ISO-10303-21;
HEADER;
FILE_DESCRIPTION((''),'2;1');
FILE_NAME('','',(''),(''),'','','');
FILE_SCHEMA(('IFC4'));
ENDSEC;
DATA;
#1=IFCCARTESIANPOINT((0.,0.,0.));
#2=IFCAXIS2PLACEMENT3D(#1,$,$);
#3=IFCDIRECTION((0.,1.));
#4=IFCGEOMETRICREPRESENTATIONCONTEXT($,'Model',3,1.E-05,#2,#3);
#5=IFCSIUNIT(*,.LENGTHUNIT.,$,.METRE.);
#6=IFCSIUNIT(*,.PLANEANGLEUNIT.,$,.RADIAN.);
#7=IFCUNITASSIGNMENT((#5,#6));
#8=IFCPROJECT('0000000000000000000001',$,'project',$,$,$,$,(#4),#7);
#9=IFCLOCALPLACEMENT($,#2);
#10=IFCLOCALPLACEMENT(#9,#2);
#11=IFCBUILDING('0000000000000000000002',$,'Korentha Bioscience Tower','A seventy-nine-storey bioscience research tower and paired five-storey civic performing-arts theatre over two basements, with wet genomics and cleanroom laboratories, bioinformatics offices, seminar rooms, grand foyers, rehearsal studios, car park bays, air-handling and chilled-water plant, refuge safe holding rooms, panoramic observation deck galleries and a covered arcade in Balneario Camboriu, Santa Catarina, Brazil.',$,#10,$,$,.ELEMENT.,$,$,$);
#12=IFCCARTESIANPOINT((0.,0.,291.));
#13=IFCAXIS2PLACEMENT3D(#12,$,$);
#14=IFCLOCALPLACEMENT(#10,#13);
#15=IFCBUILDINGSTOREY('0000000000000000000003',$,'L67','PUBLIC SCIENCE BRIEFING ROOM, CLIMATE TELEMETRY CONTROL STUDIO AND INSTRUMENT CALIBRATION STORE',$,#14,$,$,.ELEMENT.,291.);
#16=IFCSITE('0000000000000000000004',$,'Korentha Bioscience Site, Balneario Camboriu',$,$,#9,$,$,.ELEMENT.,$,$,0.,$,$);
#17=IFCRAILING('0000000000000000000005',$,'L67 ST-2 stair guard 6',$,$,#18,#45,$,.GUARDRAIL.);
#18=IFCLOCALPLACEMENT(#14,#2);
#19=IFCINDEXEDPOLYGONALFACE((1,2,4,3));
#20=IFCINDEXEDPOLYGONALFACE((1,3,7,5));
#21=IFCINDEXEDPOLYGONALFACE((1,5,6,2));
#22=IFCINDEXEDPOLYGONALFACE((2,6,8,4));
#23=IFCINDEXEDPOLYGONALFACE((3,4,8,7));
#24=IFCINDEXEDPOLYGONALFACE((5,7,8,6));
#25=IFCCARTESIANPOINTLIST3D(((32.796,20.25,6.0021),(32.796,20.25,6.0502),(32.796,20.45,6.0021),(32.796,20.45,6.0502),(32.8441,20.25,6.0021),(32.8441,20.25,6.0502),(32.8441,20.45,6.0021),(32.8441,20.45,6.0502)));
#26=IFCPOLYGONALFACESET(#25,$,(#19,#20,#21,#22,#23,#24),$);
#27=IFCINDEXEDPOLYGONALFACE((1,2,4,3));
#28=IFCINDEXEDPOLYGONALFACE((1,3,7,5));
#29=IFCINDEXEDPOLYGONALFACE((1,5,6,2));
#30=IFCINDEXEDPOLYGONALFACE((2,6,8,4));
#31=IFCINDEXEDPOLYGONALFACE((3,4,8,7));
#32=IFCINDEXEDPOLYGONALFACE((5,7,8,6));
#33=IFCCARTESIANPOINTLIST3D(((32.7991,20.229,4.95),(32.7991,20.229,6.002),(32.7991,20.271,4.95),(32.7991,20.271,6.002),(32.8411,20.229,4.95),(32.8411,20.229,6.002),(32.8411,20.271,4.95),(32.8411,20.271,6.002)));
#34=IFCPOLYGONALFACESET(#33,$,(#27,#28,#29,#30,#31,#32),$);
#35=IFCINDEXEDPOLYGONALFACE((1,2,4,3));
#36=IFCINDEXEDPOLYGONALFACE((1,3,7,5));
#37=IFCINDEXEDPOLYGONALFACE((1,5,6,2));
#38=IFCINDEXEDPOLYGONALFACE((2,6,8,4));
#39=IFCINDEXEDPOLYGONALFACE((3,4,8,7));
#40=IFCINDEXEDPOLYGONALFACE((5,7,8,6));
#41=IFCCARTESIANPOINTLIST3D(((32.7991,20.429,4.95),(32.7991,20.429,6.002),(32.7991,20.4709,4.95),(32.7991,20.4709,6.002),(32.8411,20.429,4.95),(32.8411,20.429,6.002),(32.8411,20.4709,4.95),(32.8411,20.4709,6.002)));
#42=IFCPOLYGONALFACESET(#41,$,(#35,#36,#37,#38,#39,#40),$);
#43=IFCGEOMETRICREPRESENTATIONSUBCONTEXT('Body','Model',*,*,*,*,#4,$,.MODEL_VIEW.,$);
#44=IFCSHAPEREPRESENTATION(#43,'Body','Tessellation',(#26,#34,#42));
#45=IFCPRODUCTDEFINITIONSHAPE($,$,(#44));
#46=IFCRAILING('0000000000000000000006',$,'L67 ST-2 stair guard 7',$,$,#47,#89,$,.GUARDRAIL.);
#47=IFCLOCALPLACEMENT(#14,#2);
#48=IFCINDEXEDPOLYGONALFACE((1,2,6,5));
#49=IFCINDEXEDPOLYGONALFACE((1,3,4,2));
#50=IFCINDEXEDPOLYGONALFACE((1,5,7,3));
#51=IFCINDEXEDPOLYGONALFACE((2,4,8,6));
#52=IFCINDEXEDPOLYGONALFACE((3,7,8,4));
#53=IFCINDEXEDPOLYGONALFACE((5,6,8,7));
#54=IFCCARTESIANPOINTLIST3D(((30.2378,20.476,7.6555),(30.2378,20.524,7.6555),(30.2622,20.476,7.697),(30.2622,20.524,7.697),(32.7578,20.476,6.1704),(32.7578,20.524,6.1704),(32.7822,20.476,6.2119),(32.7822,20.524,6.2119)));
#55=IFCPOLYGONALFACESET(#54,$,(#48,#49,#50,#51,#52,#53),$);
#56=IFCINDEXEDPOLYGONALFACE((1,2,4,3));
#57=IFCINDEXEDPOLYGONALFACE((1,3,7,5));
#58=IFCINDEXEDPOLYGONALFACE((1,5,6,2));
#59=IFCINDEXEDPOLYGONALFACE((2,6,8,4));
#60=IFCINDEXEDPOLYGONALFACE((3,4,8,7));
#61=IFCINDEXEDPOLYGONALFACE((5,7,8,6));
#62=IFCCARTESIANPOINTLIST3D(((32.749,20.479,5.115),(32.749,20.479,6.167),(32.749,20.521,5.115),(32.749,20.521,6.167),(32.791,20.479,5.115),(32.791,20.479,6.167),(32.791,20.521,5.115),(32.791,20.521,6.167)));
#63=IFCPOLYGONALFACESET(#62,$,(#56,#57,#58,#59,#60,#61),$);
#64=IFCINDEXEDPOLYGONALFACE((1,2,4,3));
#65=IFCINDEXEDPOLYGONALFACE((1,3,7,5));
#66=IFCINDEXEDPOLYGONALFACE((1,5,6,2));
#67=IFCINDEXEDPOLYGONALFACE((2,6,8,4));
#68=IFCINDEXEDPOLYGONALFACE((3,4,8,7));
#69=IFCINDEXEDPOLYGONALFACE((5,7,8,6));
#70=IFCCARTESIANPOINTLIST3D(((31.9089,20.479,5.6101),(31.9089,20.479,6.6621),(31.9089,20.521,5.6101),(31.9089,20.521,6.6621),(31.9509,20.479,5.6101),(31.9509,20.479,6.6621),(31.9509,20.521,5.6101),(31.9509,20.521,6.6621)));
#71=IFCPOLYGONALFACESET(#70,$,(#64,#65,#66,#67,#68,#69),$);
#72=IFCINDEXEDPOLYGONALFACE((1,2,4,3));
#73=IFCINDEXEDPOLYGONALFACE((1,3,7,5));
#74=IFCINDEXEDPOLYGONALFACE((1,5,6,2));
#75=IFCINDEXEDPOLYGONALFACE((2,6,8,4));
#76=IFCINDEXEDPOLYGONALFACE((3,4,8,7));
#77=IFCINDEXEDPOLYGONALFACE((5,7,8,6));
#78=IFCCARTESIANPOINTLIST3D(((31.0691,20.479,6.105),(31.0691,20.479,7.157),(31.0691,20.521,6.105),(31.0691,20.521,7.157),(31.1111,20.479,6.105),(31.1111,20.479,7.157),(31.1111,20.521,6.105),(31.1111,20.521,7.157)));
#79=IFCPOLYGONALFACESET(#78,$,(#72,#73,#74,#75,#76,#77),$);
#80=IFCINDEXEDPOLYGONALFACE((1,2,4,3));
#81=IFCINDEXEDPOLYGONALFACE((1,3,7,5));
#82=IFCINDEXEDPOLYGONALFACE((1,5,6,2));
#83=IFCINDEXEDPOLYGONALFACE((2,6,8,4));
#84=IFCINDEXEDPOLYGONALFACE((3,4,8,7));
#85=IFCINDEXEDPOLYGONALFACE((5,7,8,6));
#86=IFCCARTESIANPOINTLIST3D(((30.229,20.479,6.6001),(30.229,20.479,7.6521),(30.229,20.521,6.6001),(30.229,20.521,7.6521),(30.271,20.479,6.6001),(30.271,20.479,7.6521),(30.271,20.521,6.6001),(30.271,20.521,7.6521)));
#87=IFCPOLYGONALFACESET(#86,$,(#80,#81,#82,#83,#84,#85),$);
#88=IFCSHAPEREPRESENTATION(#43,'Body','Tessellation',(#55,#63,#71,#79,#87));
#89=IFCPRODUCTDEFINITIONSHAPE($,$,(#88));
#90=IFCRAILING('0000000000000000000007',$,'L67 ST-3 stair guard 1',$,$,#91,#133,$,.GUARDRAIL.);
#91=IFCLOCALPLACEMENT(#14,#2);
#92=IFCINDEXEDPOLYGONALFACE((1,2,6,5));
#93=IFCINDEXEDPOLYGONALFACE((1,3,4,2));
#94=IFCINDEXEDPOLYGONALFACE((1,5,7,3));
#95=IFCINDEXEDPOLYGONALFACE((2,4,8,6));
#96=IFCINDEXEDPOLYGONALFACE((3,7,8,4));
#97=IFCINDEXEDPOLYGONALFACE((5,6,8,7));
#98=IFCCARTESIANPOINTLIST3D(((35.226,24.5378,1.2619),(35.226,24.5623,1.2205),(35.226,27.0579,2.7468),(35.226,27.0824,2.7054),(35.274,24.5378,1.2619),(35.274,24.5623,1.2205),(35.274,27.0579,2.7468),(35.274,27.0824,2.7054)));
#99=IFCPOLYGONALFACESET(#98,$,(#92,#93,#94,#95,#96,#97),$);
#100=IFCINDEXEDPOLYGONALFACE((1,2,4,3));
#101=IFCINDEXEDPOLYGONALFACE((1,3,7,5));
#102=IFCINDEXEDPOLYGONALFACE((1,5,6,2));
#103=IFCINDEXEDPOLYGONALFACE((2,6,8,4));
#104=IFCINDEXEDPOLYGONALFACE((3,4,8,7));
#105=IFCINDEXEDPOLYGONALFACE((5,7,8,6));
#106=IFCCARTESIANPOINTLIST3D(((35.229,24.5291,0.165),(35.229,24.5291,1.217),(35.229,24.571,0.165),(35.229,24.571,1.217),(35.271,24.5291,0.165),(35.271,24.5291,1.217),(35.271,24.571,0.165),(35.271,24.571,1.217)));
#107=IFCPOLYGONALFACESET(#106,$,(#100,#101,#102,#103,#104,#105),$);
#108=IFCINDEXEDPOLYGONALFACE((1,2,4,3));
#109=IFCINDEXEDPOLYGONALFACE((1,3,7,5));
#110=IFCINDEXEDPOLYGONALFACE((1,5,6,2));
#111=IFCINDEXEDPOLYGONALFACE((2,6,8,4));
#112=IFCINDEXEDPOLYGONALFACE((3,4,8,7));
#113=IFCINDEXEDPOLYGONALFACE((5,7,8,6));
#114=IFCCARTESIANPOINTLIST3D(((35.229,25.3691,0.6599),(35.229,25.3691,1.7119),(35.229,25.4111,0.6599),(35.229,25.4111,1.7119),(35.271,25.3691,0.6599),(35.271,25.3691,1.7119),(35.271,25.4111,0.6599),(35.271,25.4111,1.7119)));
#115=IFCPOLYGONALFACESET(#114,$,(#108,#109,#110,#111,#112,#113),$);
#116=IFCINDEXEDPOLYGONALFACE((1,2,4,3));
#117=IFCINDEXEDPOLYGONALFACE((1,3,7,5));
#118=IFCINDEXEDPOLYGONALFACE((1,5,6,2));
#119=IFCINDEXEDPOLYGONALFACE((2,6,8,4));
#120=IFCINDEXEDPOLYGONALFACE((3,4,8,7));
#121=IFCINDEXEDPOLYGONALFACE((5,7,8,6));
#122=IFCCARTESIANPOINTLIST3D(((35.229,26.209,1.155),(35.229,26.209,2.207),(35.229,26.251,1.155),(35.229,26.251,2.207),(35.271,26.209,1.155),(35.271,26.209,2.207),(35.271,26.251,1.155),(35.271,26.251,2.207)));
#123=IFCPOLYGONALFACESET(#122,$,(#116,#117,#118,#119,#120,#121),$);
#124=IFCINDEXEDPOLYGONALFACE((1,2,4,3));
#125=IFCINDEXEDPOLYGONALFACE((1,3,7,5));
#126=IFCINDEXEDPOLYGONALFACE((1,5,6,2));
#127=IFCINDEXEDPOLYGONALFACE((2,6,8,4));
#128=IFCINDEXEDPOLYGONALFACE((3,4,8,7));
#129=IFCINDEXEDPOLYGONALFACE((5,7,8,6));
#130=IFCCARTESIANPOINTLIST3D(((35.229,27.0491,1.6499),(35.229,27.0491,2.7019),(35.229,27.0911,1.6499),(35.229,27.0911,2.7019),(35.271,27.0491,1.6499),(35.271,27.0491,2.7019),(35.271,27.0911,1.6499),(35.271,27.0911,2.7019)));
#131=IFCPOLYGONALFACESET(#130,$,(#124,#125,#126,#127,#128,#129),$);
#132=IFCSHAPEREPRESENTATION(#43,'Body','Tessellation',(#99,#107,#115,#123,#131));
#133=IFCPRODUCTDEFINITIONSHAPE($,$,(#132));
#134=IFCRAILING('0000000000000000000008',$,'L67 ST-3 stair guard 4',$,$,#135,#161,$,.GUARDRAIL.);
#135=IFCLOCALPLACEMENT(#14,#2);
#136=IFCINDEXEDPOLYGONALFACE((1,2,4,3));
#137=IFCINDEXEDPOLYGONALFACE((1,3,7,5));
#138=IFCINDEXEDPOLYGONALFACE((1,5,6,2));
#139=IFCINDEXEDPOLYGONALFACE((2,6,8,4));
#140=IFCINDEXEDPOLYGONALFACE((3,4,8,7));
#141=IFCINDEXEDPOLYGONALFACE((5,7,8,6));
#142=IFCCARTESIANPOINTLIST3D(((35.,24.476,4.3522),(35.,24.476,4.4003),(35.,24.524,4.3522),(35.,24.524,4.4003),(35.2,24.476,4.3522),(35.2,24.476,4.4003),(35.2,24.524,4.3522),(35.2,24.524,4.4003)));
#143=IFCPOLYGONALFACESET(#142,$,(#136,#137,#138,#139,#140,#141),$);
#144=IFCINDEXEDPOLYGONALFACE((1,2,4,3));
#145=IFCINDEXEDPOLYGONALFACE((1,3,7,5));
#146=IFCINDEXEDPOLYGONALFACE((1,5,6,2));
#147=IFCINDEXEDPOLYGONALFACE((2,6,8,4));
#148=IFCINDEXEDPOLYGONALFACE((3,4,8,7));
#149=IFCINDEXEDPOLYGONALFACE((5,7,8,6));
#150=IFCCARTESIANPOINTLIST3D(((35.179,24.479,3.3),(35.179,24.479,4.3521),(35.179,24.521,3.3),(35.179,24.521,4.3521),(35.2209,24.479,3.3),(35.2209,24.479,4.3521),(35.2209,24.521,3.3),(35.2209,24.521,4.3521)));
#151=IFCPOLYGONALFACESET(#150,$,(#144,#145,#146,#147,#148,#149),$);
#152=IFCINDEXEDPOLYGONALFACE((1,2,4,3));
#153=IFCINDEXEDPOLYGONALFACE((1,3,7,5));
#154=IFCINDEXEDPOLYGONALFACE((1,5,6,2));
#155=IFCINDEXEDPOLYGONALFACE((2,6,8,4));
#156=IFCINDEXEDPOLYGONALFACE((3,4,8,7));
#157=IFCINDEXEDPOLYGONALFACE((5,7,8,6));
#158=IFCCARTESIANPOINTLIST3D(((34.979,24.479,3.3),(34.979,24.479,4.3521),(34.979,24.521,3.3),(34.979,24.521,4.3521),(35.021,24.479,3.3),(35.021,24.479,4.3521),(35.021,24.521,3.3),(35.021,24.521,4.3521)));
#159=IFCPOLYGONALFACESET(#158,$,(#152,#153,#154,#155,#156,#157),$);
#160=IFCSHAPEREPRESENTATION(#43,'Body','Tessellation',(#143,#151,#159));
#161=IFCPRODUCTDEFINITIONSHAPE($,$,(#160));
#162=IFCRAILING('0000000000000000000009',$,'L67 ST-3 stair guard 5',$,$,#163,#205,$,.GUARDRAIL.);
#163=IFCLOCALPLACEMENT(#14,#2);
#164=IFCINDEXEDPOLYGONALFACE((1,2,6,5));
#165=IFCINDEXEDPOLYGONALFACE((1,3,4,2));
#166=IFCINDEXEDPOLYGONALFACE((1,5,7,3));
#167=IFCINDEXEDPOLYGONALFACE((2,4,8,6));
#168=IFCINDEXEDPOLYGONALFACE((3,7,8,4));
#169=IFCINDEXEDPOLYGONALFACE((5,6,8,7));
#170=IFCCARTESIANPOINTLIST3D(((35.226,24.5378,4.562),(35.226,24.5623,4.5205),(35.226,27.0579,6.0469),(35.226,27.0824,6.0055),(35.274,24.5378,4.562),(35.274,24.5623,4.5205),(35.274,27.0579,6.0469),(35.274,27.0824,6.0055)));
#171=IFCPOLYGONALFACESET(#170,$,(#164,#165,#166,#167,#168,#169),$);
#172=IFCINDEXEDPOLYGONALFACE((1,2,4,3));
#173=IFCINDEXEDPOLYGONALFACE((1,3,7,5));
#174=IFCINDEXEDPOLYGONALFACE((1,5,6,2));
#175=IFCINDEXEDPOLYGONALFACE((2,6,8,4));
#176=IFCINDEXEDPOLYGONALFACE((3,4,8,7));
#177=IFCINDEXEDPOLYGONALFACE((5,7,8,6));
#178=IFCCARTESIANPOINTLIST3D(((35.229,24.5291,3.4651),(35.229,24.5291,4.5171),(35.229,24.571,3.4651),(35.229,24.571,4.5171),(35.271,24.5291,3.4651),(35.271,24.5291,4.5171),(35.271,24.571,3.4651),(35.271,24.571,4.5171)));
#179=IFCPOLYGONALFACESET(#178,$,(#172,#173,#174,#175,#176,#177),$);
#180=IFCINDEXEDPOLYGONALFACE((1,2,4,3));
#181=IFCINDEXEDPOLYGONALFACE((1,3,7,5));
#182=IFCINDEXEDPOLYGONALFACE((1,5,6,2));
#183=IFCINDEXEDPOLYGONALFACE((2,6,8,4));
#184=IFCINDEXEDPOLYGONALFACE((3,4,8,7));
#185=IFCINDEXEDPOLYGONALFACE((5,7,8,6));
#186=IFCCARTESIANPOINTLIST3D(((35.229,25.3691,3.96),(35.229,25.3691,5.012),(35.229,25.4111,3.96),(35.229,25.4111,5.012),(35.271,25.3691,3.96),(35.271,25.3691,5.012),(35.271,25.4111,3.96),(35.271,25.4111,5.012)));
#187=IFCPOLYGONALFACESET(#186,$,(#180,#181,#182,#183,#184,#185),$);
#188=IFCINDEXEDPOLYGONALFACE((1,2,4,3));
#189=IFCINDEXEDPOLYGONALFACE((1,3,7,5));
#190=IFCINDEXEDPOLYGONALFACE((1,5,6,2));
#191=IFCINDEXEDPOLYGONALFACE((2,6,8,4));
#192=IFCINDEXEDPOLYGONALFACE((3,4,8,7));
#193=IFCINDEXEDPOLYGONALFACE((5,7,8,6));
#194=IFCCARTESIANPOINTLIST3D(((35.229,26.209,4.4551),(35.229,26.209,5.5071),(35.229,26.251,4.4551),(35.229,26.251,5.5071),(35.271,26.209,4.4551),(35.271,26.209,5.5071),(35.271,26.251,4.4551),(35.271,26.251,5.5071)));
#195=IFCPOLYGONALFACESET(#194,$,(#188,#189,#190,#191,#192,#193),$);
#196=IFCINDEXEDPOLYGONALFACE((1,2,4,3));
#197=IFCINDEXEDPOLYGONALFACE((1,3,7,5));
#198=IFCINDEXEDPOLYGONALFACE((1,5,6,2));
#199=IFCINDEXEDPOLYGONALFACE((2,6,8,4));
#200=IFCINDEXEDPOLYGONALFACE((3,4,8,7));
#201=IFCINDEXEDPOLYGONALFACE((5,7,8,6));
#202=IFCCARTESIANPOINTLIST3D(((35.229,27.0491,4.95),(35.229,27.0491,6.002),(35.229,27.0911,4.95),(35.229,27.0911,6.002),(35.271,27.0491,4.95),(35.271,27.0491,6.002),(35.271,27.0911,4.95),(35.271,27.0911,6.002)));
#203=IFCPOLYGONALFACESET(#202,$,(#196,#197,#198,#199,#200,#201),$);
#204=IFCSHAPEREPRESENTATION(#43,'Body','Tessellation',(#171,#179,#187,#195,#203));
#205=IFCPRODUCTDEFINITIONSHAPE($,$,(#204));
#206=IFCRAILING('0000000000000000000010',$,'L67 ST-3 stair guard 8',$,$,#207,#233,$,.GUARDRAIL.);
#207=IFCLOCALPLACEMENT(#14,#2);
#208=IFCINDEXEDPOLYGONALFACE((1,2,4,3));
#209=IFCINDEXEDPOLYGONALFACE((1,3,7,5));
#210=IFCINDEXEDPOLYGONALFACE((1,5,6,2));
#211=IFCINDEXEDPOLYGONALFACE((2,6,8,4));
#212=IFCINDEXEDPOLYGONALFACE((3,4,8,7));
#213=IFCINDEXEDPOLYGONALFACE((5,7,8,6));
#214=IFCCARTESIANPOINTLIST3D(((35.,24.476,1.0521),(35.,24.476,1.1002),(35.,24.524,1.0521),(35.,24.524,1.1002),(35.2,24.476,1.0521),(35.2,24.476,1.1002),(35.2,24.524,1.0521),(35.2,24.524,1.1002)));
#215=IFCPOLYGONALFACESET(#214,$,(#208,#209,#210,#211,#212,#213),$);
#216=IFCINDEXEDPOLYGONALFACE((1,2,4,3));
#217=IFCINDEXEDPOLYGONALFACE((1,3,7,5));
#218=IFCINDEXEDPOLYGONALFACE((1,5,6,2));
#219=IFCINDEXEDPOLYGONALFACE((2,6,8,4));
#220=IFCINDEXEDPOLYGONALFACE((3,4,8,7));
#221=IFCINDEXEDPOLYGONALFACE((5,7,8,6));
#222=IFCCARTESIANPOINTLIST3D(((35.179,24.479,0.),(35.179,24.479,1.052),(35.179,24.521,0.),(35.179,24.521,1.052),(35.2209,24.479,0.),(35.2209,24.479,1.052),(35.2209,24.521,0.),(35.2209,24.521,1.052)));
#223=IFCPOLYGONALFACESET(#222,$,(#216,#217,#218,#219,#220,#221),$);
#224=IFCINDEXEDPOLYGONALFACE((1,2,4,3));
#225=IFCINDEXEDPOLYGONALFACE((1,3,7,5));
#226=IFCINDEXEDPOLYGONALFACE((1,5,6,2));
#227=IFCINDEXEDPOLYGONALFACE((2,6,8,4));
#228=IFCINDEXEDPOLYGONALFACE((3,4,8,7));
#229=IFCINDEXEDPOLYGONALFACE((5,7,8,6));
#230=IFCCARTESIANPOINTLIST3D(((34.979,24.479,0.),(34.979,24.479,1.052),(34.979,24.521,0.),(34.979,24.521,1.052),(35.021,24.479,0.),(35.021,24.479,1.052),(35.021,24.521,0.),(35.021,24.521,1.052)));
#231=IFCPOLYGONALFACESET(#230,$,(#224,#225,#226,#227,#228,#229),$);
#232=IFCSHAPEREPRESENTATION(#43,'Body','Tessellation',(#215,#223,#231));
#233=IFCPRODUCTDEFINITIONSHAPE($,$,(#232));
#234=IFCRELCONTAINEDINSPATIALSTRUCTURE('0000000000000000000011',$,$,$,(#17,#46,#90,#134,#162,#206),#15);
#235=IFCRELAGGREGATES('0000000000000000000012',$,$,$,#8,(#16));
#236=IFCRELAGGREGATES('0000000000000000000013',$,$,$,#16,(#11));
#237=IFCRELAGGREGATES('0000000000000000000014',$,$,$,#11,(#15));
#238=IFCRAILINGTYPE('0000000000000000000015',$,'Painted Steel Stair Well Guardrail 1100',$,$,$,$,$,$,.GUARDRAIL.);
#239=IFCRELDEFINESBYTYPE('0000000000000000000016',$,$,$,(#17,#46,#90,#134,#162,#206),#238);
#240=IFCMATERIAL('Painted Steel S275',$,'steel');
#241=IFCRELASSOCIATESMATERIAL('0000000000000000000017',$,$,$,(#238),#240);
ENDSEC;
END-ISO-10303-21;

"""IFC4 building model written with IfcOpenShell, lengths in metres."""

from ifc_helpers import new_model, si_unit, direction, frame, origin, origin_2d, place, context, subcontext, project, spatial, rectangle, extrude, material, type_object, element, save


model = new_model("IFC4")

# Units and contexts
model_context = context("Model", 3, precision=1e-05, world=origin(), true_north=direction((0.0, 1.0)))
body_context = subcontext(model_context, "Body", "Model", "MODEL_VIEW")
ifc_project = project(units=[si_unit("LENGTHUNIT", "METRE"), si_unit("PLANEANGLEUNIT", "RADIAN")], contexts=[model_context])

# Site, building, storey
site_placement = place(None, origin())
site = spatial("IfcSite", under=ifc_project, at=site_placement, Name="Korentha Bioscience Site, Balneario Camboriu", CompositionType="ELEMENT", RefElevation=0.0)
building_placement = place(site_placement, origin())
building = spatial("IfcBuilding", under=site, at=building_placement, Name="Korentha Bioscience Tower", Description="A seventy-nine-storey bioscience research tower and paired five-storey civic performing-arts theatre over two basements, with wet genomics and cleanroom laboratories, bioinformatics offices, seminar rooms, grand foyers, rehearsal studios, car park bays, air-handling and chilled-water plant, refuge safe holding rooms, panoramic observation deck galleries and a covered arcade in Balneario Camboriu, Santa Catarina, Brazil.", CompositionType="ELEMENT")
storey_placement = place(building_placement, frame((0.0, 0.0, 291.0)))
storey = spatial("IfcBuildingStorey", under=building, at=storey_placement, Name="L67", Description="PUBLIC SCIENCE BRIEFING ROOM, CLIMATE TELEMETRY CONTROL STUDIO AND INSTRUMENT CALIBRATION STORE", CompositionType="ELEMENT", Elevation=291.0)

# Railings
ifc_material_1 = material(Name="Painted Steel S275", Category="steel")
railing_type_1 = type_object("IfcRailingType", Name="Painted Steel Stair Well Guardrail 1100", PredefinedType="GUARDRAIL", material=ifc_material_1)
railing_1_placement = place(storey_placement, frame((32.8201, 20.25, 4.95)))
element("IfcRailing", 1, at=railing_1_placement, inside=storey, type_object=railing_type_1, Name="L67 ST-2 stair guard 6", PredefinedType="GUARDRAIL", context=body_context, shape_type="SweptSolid", body=[
    extrude(rectangle(XDim=0.0481, YDim=0.0481, at=origin_2d()), frame((0.0, 0.0, 1.0762), z_axis=(0.0, 1.0, 0.0), x_axis=(-1.0, 0.0, 0.0)), (0.0, 0.0, 1.0), 0.2),
    extrude(rectangle(XDim=0.042, YDim=0.042, at=origin_2d()), origin(), (0.0, 0.0, 1.0), 1.052),
    extrude(rectangle(XDim=0.042, YDim=0.042, at=origin_2d()), frame((0.0, 0.2, 0.0)), (0.0, 0.0, 1.0), 1.052),
])
railing_2_placement = place(storey_placement, frame((32.77, 20.5, 5.115)))
element("IfcRailing", 2, at=railing_2_placement, inside=storey, type_object=railing_type_1, Name="L67 ST-2 stair guard 7", PredefinedType="GUARDRAIL", context=body_context, shape_type="SweptSolid", body=[
    extrude(rectangle(XDim=0.0481, YDim=0.0481, at=origin_2d()), frame((0.0, 0.0, 1.0762), z_axis=(-0.861524, 0.0, 0.507717), x_axis=(0.0, -1.0, 0.0)), (0.0, 0.0, 1.0), 2.925),
    extrude(rectangle(XDim=0.042, YDim=0.042, at=origin_2d()), origin(), (0.0, 0.0, 1.0), 1.052),
    extrude(rectangle(XDim=0.042, YDim=0.042, at=origin_2d()), frame((-0.8401, 0.0, 0.4951)), (0.0, 0.0, 1.0), 1.052),
    extrude(rectangle(XDim=0.042, YDim=0.042, at=origin_2d()), frame((-1.6799, 0.0, 0.99)), (0.0, 0.0, 1.0), 1.052),
    extrude(rectangle(XDim=0.042, YDim=0.042, at=origin_2d()), frame((-2.52, 0.0, 1.4851)), (0.0, 0.0, 1.0), 1.052),
])
railing_3_placement = place(storey_placement, frame((35.25, 24.55, 0.165)))
element("IfcRailing", 3, at=railing_3_placement, inside=storey, type_object=railing_type_1, Name="L67 ST-3 stair guard 1", PredefinedType="GUARDRAIL", context=body_context, shape_type="SweptSolid", body=[
    extrude(rectangle(XDim=0.0481, YDim=0.0481, at=origin_2d()), frame((0.0, 0.0, 1.0762), z_axis=(0.0, 0.861561, 0.507655), x_axis=(-1.0, 0.0, 0.0)), (0.0, 0.0, 1.0), 2.925),
    extrude(rectangle(XDim=0.042, YDim=0.042, at=origin_2d()), origin(), (0.0, 0.0, 1.0), 1.052),
    extrude(rectangle(XDim=0.042, YDim=0.042, at=origin_2d()), frame((0.0, 0.8401, 0.4949)), (0.0, 0.0, 1.0), 1.052),
    extrude(rectangle(XDim=0.042, YDim=0.042, at=origin_2d()), frame((0.0, 1.6799, 0.99)), (0.0, 0.0, 1.0), 1.052),
    extrude(rectangle(XDim=0.042, YDim=0.042, at=origin_2d()), frame((0.0, 2.52, 1.4849)), (0.0, 0.0, 1.0), 1.052),
])
railing_4_placement = place(storey_placement, frame((35.2, 24.5, 3.3)))
element("IfcRailing", 4, at=railing_4_placement, inside=storey, type_object=railing_type_1, Name="L67 ST-3 stair guard 4", PredefinedType="GUARDRAIL", context=body_context, shape_type="SweptSolid", body=[
    extrude(rectangle(XDim=0.0481, YDim=0.0481, at=origin_2d()), frame((0.0, 0.0, 1.0762), z_axis=(-1.0, 0.0, 0.0), x_axis=(0.0, -1.0, 0.0)), (0.0, 0.0, 1.0), 0.2),
    extrude(rectangle(XDim=0.042, YDim=0.042, at=origin_2d()), origin(), (0.0, 0.0, 1.0), 1.052),
    extrude(rectangle(XDim=0.042, YDim=0.042, at=origin_2d()), frame((-0.2, 0.0, 0.0)), (0.0, 0.0, 1.0), 1.052),
])
railing_5_placement = place(storey_placement, frame((35.25, 24.55, 3.4651)))
element("IfcRailing", 5, at=railing_5_placement, inside=storey, type_object=railing_type_1, Name="L67 ST-3 stair guard 5", PredefinedType="GUARDRAIL", context=body_context, shape_type="SweptSolid", body=[
    extrude(rectangle(XDim=0.0481, YDim=0.0481, at=origin_2d()), frame((0.0, 0.0, 1.0762), z_axis=(0.0, 0.861561, 0.507655), x_axis=(-1.0, 0.0, 0.0)), (0.0, 0.0, 1.0), 2.925),
    extrude(rectangle(XDim=0.042, YDim=0.042, at=origin_2d()), origin(), (0.0, 0.0, 1.0), 1.052),
    extrude(rectangle(XDim=0.042, YDim=0.042, at=origin_2d()), frame((0.0, 0.8401, 0.4949)), (0.0, 0.0, 1.0), 1.052),
    extrude(rectangle(XDim=0.042, YDim=0.042, at=origin_2d()), frame((0.0, 1.6799, 0.99)), (0.0, 0.0, 1.0), 1.052),
    extrude(rectangle(XDim=0.042, YDim=0.042, at=origin_2d()), frame((0.0, 2.52, 1.4849)), (0.0, 0.0, 1.0), 1.052),
])
railing_6_placement = place(storey_placement, frame((35.2, 24.5, 0.0)))
element("IfcRailing", 6, at=railing_6_placement, inside=storey, type_object=railing_type_1, Name="L67 ST-3 stair guard 8", PredefinedType="GUARDRAIL", context=body_context, shape_type="SweptSolid", body=[
    extrude(rectangle(XDim=0.0481, YDim=0.0481, at=origin_2d()), frame((0.0, 0.0, 1.0762), z_axis=(-1.0, 0.0, 0.0), x_axis=(0.0, -1.0, 0.0)), (0.0, 0.0, 1.0), 0.2),
    extrude(rectangle(XDim=0.042, YDim=0.042, at=origin_2d()), origin(), (0.0, 0.0, 1.0), 1.052),
    extrude(rectangle(XDim=0.042, YDim=0.042, at=origin_2d()), frame((-0.2, 0.0, 0.0)), (0.0, 0.0, 1.0), 1.052),
])

save(model, "model.ifc")
